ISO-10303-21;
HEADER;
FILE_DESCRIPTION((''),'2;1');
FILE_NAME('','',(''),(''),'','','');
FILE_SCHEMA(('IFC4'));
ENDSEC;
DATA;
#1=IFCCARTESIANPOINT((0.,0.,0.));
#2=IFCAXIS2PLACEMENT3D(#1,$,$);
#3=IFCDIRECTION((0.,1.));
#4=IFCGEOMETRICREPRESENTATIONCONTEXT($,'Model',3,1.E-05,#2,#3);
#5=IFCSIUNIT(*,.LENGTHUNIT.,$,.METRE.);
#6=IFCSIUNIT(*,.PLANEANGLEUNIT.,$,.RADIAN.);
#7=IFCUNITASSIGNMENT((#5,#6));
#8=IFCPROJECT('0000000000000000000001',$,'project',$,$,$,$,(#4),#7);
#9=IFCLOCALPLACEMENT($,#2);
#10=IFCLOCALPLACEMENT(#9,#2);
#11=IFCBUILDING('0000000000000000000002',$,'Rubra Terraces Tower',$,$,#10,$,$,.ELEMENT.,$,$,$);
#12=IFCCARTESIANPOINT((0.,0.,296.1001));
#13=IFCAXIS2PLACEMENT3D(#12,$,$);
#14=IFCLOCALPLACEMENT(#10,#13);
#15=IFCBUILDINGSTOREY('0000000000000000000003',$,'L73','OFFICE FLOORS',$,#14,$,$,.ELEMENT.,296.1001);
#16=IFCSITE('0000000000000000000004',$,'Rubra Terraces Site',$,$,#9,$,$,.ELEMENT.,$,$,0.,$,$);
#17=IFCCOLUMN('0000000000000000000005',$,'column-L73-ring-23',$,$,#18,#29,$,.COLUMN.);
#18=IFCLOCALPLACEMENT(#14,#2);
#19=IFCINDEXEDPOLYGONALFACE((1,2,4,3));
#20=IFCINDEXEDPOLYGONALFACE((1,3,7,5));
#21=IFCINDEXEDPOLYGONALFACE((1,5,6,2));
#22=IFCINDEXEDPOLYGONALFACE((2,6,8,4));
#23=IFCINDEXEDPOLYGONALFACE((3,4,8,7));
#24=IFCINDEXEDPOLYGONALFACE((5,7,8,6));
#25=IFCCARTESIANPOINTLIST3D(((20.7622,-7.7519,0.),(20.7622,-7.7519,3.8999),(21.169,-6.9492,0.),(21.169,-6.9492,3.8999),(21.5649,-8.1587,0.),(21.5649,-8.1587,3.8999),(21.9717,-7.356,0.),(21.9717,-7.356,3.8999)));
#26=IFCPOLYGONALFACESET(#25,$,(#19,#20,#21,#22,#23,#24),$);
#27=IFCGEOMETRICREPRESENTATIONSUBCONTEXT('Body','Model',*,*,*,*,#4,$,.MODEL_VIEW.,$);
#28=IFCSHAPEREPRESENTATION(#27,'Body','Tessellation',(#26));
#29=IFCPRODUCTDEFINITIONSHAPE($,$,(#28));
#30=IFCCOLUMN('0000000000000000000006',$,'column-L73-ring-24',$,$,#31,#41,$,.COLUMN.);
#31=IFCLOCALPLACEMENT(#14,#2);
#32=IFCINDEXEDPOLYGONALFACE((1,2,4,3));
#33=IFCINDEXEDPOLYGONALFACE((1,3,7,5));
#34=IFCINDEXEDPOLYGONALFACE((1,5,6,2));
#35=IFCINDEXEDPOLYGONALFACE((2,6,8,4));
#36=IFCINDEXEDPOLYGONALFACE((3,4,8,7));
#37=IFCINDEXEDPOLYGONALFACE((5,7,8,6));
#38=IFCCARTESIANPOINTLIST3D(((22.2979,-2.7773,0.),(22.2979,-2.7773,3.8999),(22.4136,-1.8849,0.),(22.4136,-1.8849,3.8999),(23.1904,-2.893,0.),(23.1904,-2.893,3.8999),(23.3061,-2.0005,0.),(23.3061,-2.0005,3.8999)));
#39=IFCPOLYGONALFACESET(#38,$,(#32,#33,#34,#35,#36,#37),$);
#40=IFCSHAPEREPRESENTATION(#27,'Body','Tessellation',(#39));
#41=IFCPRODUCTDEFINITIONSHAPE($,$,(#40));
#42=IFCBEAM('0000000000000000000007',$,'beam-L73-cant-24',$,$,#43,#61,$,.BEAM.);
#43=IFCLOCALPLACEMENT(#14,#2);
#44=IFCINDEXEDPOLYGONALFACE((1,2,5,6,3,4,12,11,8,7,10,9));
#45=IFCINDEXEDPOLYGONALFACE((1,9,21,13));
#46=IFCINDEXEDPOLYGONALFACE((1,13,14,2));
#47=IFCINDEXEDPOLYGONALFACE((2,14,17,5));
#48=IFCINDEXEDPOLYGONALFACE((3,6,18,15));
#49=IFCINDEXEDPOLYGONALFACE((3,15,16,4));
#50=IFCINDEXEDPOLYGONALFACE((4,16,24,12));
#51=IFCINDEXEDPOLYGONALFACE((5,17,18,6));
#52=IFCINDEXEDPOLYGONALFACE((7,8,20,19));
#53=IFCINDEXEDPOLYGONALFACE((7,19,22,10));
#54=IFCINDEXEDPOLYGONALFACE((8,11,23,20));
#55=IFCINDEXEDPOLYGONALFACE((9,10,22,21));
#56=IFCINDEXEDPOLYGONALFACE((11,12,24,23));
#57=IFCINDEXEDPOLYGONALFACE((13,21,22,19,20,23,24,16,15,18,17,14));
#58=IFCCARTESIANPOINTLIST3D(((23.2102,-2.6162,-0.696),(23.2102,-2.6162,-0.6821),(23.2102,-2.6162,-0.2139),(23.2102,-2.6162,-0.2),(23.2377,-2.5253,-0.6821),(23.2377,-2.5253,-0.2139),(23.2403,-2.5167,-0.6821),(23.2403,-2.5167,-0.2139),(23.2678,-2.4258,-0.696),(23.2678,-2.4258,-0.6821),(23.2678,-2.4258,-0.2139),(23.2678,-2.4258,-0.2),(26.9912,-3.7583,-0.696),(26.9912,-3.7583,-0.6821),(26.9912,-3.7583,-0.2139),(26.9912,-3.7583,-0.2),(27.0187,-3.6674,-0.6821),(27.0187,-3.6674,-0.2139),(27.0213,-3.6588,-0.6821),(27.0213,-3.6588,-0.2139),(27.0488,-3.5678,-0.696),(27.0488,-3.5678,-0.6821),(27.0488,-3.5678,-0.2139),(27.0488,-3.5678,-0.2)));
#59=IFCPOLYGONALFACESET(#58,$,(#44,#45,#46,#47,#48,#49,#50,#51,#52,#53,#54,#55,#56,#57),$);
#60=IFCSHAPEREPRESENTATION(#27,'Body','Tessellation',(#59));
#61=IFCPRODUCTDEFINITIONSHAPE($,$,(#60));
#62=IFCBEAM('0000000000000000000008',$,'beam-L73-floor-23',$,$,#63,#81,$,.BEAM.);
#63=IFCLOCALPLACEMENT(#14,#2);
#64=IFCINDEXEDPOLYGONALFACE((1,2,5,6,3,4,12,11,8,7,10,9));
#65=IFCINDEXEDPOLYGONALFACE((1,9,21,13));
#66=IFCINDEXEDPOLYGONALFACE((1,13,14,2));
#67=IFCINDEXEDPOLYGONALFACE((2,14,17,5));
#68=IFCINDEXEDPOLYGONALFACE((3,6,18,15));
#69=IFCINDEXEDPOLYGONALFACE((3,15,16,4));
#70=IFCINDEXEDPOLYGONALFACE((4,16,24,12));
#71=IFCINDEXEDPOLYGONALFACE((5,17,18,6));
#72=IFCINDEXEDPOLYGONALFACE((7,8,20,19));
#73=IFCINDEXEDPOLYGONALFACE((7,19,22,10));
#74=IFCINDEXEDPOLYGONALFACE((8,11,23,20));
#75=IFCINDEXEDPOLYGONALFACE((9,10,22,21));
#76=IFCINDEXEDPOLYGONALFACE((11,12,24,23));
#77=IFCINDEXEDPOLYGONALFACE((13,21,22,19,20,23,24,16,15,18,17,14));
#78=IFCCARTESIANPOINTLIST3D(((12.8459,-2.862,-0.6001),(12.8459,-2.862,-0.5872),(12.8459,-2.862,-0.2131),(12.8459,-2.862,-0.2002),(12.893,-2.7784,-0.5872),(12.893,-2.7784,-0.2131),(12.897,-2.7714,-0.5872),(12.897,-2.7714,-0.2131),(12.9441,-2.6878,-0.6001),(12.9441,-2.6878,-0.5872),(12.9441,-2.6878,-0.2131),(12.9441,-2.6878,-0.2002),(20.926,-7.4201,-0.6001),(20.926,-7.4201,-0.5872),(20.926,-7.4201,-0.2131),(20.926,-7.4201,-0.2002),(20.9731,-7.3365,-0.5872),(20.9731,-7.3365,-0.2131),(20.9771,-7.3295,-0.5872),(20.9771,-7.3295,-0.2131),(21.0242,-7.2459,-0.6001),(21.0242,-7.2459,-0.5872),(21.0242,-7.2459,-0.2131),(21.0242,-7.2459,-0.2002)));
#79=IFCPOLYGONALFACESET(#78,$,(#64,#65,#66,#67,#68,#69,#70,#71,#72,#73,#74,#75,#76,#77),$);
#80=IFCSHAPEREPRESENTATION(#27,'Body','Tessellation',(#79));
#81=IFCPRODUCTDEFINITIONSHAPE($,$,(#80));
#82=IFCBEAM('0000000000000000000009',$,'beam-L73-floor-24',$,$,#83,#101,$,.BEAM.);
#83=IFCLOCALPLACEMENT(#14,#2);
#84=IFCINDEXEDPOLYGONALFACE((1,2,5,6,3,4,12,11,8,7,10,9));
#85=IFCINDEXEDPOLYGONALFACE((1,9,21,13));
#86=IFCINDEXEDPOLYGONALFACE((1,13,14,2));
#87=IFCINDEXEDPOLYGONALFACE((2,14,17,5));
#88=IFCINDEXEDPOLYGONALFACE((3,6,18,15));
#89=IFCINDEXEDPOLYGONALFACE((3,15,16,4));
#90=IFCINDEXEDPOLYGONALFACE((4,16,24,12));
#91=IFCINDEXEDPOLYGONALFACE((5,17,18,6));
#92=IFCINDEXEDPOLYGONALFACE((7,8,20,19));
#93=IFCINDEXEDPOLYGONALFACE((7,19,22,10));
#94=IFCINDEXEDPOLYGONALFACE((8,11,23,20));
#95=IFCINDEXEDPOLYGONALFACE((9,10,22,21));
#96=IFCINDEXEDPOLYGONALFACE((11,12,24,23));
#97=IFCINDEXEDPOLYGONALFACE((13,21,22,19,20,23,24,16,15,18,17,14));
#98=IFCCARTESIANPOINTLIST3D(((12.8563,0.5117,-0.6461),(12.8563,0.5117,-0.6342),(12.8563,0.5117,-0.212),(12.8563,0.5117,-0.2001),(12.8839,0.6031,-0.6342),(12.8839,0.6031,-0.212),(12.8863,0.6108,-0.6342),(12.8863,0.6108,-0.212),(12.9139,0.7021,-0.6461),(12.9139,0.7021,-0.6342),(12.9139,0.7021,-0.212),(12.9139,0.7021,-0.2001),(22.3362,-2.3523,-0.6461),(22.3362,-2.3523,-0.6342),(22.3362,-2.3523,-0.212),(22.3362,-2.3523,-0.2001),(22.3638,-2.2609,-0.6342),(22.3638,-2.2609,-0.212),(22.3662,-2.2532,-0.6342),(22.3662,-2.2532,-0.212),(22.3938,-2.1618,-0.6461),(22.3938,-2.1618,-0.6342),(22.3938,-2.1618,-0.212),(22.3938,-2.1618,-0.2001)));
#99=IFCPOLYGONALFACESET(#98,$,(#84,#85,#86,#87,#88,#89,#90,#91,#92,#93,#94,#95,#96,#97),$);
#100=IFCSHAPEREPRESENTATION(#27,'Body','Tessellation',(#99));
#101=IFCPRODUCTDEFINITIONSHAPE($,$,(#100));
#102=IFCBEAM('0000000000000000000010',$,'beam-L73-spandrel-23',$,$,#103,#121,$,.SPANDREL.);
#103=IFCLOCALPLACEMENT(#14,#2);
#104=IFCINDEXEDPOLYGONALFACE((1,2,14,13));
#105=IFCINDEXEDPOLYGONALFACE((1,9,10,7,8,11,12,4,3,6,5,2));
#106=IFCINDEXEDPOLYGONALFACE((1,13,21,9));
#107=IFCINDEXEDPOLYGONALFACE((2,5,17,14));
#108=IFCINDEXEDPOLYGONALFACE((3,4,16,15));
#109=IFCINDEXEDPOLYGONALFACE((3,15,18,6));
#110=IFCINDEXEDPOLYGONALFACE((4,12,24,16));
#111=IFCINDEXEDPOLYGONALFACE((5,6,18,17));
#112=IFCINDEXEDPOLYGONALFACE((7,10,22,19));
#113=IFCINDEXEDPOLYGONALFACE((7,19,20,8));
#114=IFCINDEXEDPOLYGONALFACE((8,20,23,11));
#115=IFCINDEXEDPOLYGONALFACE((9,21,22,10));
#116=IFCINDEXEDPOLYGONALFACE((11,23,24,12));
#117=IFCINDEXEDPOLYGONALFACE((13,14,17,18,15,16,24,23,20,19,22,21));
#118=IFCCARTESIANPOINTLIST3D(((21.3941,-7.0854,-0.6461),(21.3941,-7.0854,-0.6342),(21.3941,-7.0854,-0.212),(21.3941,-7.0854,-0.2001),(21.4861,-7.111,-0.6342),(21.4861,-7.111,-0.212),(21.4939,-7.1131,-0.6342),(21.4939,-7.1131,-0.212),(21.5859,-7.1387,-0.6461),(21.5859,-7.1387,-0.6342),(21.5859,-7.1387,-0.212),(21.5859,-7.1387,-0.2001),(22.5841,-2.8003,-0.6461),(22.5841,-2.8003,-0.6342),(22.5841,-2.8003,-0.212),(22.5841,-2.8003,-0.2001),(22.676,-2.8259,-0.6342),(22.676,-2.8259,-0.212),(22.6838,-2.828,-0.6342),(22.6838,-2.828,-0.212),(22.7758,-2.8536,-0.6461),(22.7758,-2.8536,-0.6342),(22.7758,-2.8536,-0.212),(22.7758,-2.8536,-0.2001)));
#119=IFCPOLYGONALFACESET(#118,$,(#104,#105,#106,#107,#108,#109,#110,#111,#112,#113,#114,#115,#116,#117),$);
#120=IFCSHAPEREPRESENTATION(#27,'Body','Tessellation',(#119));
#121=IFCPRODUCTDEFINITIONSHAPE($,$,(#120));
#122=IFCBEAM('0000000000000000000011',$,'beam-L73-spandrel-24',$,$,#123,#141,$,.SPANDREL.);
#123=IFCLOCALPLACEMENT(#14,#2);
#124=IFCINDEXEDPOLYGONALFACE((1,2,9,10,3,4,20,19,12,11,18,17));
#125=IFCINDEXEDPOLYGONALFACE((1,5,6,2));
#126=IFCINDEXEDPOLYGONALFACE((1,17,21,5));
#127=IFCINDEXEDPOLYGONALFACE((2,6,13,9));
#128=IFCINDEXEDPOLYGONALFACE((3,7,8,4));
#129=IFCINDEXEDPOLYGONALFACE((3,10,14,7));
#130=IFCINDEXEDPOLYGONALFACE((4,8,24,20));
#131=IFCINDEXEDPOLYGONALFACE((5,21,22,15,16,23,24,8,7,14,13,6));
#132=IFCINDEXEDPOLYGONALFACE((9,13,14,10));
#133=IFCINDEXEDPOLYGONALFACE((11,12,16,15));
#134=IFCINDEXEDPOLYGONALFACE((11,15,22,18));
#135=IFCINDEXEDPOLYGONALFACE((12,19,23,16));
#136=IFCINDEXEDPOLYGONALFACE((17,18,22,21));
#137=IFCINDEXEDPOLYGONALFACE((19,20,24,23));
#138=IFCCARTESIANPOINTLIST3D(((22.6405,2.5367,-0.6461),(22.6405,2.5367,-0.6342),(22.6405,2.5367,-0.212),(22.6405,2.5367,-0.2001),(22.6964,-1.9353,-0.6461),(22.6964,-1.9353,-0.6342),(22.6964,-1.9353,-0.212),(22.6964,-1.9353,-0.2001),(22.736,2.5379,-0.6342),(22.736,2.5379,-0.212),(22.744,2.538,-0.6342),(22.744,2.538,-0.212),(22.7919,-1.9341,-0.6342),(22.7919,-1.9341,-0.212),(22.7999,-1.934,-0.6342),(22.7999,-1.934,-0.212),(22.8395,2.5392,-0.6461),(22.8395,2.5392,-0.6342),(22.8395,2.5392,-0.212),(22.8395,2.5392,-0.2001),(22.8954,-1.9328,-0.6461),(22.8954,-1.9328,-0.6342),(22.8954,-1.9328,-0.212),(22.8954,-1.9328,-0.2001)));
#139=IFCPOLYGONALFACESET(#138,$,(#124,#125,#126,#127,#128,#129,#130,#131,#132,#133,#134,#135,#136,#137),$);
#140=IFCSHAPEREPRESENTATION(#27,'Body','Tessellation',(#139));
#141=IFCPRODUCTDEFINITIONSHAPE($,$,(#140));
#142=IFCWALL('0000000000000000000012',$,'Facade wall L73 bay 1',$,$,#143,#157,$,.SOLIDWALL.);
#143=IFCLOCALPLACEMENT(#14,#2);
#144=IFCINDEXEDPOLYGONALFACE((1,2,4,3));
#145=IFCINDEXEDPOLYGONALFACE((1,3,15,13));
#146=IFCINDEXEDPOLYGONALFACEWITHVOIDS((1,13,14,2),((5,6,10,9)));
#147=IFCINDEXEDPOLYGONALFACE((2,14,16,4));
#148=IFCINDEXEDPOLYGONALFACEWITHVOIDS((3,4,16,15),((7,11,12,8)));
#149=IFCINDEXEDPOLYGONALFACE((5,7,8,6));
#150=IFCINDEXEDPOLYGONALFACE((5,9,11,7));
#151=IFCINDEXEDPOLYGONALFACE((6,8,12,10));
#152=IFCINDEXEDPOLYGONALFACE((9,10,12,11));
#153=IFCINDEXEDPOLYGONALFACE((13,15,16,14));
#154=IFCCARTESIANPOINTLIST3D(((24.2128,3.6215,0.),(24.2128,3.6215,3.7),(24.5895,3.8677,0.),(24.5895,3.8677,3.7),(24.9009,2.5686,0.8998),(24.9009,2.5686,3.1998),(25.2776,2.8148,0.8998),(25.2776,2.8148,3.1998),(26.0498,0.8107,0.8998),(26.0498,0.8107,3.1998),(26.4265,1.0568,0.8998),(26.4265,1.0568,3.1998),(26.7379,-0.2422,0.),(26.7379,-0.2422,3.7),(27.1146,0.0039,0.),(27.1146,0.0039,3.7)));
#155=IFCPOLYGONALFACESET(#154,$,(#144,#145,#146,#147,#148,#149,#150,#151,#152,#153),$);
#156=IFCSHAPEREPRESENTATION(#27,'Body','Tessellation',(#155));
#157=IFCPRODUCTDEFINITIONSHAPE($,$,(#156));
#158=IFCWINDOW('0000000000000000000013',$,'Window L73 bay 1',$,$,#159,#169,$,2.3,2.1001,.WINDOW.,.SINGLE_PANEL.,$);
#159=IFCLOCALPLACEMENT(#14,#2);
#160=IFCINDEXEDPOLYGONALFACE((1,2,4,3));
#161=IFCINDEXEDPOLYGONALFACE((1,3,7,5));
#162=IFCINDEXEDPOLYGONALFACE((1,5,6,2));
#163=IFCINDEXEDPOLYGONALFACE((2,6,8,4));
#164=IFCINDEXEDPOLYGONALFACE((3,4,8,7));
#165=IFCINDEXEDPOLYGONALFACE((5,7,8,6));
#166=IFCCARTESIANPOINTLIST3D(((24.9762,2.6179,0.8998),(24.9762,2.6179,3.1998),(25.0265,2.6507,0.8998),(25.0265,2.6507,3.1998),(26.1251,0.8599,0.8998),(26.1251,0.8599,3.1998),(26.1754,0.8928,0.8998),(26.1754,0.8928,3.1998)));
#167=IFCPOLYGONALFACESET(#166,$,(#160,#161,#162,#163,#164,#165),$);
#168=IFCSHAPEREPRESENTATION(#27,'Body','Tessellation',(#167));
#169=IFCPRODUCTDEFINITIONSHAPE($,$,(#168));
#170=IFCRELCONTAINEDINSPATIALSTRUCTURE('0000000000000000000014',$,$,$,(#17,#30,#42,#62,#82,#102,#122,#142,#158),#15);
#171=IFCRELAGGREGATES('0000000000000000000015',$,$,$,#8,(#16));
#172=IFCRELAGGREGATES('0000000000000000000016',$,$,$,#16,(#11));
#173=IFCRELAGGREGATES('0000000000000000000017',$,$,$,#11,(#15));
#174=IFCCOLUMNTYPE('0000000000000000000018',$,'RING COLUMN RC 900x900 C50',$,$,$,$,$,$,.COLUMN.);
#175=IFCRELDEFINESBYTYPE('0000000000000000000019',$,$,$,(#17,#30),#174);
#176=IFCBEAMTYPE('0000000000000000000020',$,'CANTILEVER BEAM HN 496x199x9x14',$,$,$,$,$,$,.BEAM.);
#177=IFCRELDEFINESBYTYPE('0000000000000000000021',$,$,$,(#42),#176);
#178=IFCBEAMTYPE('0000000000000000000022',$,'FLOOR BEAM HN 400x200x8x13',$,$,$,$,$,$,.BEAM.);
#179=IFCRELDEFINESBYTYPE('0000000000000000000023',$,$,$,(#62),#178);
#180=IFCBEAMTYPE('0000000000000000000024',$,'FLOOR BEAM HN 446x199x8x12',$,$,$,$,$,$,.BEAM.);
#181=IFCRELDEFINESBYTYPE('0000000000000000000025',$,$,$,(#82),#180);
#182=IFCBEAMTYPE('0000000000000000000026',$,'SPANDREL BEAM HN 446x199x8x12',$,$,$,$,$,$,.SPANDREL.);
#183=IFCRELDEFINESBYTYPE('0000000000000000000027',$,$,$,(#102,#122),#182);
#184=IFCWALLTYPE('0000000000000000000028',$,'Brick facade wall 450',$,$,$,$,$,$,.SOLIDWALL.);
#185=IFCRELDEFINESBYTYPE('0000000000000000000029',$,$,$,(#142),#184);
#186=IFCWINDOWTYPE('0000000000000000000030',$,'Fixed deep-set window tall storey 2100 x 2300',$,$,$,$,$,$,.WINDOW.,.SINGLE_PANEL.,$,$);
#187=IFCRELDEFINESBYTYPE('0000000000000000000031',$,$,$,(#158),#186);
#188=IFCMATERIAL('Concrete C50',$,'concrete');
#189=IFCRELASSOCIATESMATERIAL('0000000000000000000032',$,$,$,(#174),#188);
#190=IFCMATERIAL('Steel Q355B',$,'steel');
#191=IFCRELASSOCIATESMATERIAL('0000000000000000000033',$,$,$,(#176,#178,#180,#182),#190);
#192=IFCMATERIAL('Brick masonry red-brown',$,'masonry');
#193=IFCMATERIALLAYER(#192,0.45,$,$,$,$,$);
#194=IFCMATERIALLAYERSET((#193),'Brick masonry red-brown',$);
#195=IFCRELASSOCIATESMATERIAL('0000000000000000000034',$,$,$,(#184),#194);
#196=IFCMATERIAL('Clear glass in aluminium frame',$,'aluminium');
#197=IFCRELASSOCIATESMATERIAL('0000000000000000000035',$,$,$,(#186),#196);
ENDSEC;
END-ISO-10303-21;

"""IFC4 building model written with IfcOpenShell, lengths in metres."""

from ifc_helpers import new_model, si_unit, direction, frame, frame_2d, origin, origin_2d, place, context, subcontext, project, spatial, rectangle, i_section, extrude, material, layer, layer_set, material_profile, profile_set, type_object, element, fill, save


model = new_model("IFC4")

# Units and contexts
model_context = context("Model", 3, precision=1e-05, world=origin(), true_north=direction((0.0, 1.0)))
body_context = subcontext(model_context, "Body", "Model", "MODEL_VIEW")
ifc_project = project(units=[si_unit("LENGTHUNIT", "METRE"), si_unit("PLANEANGLEUNIT", "RADIAN")], contexts=[model_context])

# Site, building, storey
site_placement = place(None, origin())
site = spatial("IfcSite", under=ifc_project, at=site_placement, Name="Rubra Terraces Site", CompositionType="ELEMENT", RefElevation=0.0)
building_placement = place(site_placement, origin())
building = spatial("IfcBuilding", under=site, at=building_placement, Name="Rubra Terraces Tower", CompositionType="ELEMENT")
storey_placement = place(building_placement, frame((0.0, 0.0, 296.1001)))
storey = spatial("IfcBuildingStorey", under=building, at=storey_placement, Name="L73", Description="OFFICE FLOORS", CompositionType="ELEMENT", Elevation=296.1001)

# Columns
ifc_material_1 = material(Name="Concrete C50", Category="concrete")
ifc_material_profile_1 = material_profile(ifc_material_1, rectangle(XDim=0.8999, YDim=0.8999, at=origin_2d()), Name="RC 900x900")
ifc_profile_set_1 = profile_set([ifc_material_profile_1], Name="Concrete C50")
column_type = type_object("IfcColumnType", Name="RING COLUMN RC 900x900 C50", PredefinedType="COLUMN", material=ifc_profile_set_1)
for number, where, z_axis, x_axis, name in (
    (1, (21.3669, -7.554, 0.0), (0.0, 0.0, 1.0), (0.452079, 0.891978, 0.0), "column-L73-ring-23"),
    (2, (22.802, -2.3889, 0.0), (0.0, 0.0, 1.0), (0.128535, 0.991705, 0.0), "column-L73-ring-24"),
):
    element("IfcColumn", number, at=place(storey_placement, frame(where, z_axis=z_axis, x_axis=x_axis)), inside=storey, type_object=column_type, Name=name, PredefinedType="COLUMN", context=body_context, shape_type="SweptSolid", body=[
        extrude(rectangle(XDim=0.8999, YDim=0.8999, at=origin_2d()), origin(), (0.0, 0.0, 1.0), 3.8999),
    ])

# Beams
ifc_material_2 = material(Name="Steel Q355B", Category="steel")
ifc_material_profile_2 = material_profile(ifc_material_2, i_section(OverallWidth=0.199, OverallDepth=0.4961, WebThickness=0.009, FlangeThickness=0.0139, at=origin_2d()), Name="HN 496x199x9x14")
ifc_profile_set_2 = profile_set([ifc_material_profile_2], Name="Steel Q355B")
beam_type_1 = type_object("IfcBeamType", Name="CANTILEVER BEAM HN 496x199x9x14", PredefinedType="BEAM", material=ifc_profile_set_2)
beam_1_placement = place(storey_placement, frame((23.239, -2.521, -0.448), z_axis=(0.957282, -0.289156, 0.0), x_axis=(0.289156, 0.957282, 0.0)))
element("IfcBeam", 3, at=beam_1_placement, inside=storey, type_object=beam_type_1, Name="beam-L73-cant-24", PredefinedType="BEAM", context=body_context, shape_type="SweptSolid", body=[
    extrude(i_section(OverallWidth=0.199, OverallDepth=0.4961, WebThickness=0.009, FlangeThickness=0.0139, at=origin_2d()), origin(), (0.0, 0.0, 1.0), 3.9497),
])
ifc_material_profile_3 = material_profile(ifc_material_2, i_section(OverallWidth=0.2, OverallDepth=0.3999, WebThickness=0.0081, FlangeThickness=0.0129, at=origin_2d()), Name="HN 400x200x8x13")
ifc_profile_set_3 = profile_set([ifc_material_profile_3], Name="Steel Q355B")
beam_type_2 = type_object("IfcBeamType", Name="FLOOR BEAM HN 400x200x8x13", PredefinedType="BEAM", material=ifc_profile_set_3)
beam_2_placement = place(storey_placement, frame((20.9751, -7.333, -0.4001), z_axis=(-0.870973, 0.49133, 0.0), x_axis=(-0.49133, -0.870973, 0.0)))
element("IfcBeam", 4, at=beam_2_placement, inside=storey, type_object=beam_type_2, Name="beam-L73-floor-23", PredefinedType="BEAM", context=body_context, shape_type="SweptSolid", body=[
    extrude(i_section(OverallWidth=0.2, OverallDepth=0.3999, WebThickness=0.0081, FlangeThickness=0.0129, at=origin_2d()), origin(), (0.0, 0.0, 1.0), 9.2771),
])
ifc_material_profile_4 = material_profile(ifc_material_2, i_section(OverallWidth=0.199, OverallDepth=0.446, WebThickness=0.0081, FlangeThickness=0.012, at=origin_2d()), Name="HN 446x199x8x12")
ifc_profile_set_4 = profile_set([ifc_material_profile_4], Name="Steel Q355B")
beam_type_3 = type_object("IfcBeamType", Name="FLOOR BEAM HN 446x199x8x12", PredefinedType="BEAM", material=ifc_profile_set_4)
beam_3_placement = place(storey_placement, frame((22.365, -2.2571, -0.4231), z_axis=(-0.957268, 0.289202, 0.0), x_axis=(-0.289202, -0.957268, 0.0)))
element("IfcBeam", 5, at=beam_3_placement, inside=storey, type_object=beam_type_3, Name="beam-L73-floor-24", PredefinedType="BEAM", context=body_context, shape_type="SweptSolid", body=[
    extrude(i_section(OverallWidth=0.199, OverallDepth=0.446, WebThickness=0.0081, FlangeThickness=0.012, at=origin_2d()), origin(), (0.0, 0.0, 1.0), 9.9031),
])
ifc_material_profile_5 = material_profile(ifc_material_2, i_section(OverallWidth=0.199, OverallDepth=0.446, WebThickness=0.0081, FlangeThickness=0.012, at=origin_2d()), Name="HN 446x199x8x12")
ifc_profile_set_5 = profile_set([ifc_material_profile_5], Name="Steel Q355B")
beam_type_4 = type_object("IfcBeamType", Name="SPANDREL BEAM HN 446x199x8x12", PredefinedType="SPANDREL", material=ifc_profile_set_5)
beam_4_placement = place(storey_placement, frame((21.49, -7.1121, -0.4231), z_axis=(0.267565, 0.96354, 0.0), x_axis=(-0.96354, 0.267565, 0.0)))
element("IfcBeam", 6, at=beam_4_placement, inside=storey, type_object=beam_type_4, Name="beam-L73-spandrel-23", PredefinedType="SPANDREL", context=body_context, shape_type="SweptSolid", body=[
    extrude(i_section(OverallWidth=0.199, OverallDepth=0.446, WebThickness=0.0081, FlangeThickness=0.012, at=origin_2d()), origin(), (0.0, 0.0, 1.0), 4.4473),
])
beam_5_placement = place(storey_placement, frame((22.7959, -1.9341, -0.4231), z_axis=(-0.0125, 0.999922, 0.0), x_axis=(-0.999922, -0.0125, 0.0)))
element("IfcBeam", 7, at=beam_5_placement, inside=storey, type_object=beam_type_4, Name="beam-L73-spandrel-24", PredefinedType="SPANDREL", context=body_context, shape_type="SweptSolid", body=[
    extrude(i_section(OverallWidth=0.199, OverallDepth=0.446, WebThickness=0.0081, FlangeThickness=0.012, at=origin_2d()), origin(), (0.0, 0.0, 1.0), 4.4724),
])

# Wall, opening, window
ifc_material_3 = material(Name="Brick masonry red-brown", Category="masonry")
ifc_layer_1 = layer(ifc_material_3, 0.45)
ifc_layer_set_1 = layer_set([ifc_layer_1], Name="Brick masonry red-brown")
wall_type_1 = type_object("IfcWallType", Name="Brick facade wall 450", PredefinedType="SOLIDWALL", material=ifc_layer_set_1)
wall_1_placement = place(storey_placement, frame((26.9263, -0.1191, 0.0), z_axis=(0.0, 0.0, 1.0), x_axis=(-0.547073, 0.837085, 0.0)))
wall_1 = element("IfcWall", 8, at=wall_1_placement, inside=storey, type_object=wall_type_1, Name="Facade wall L73 bay 1", PredefinedType="SOLIDWALL", context=body_context, shape_type="SweptSolid", body=[
    extrude(rectangle(XDim=4.6157, YDim=0.45, at=frame_2d((2.3079, 0.0))), origin(), (0.0, 0.0, 1.0), 3.7),
])
opening_1_placement = place(wall_1_placement, frame((1.2578, 0.0, 0.8999)))
opening_1 = element("IfcOpeningElement", 9, at=opening_1_placement, cuts=wall_1, PredefinedType="OPENING", context=body_context, shape_type="SweptSolid", body=[
    extrude(rectangle(XDim=2.1001, YDim=2.3, at=frame_2d((1.05, 1.1499))), frame((0.0, 0.2349, 0.0), z_axis=(0.0, -1.0, 0.0), x_axis=(1.0, 0.0, 0.0)), (0.0, 0.0, 1.0), 0.47),
])
ifc_material_4 = material(Name="Clear glass in aluminium frame", Category="aluminium")
window_type = type_object("IfcWindowType", Name="Fixed deep-set window tall storey 2100 x 2300", PartitioningType="SINGLE_PANEL", PredefinedType="WINDOW", material=ifc_material_4)
window_1_placement = place(opening_1_placement, origin())
window_1 = element("IfcWindow", 10, at=window_1_placement, inside=storey, type_object=window_type, Name="Window L73 bay 1", OverallHeight=2.3, OverallWidth=2.1001, PartitioningType="SINGLE_PANEL", PredefinedType="WINDOW", context=body_context, shape_type="SweptSolid", body=[
    extrude(rectangle(XDim=2.1001, YDim=2.3, at=frame_2d((1.05, 1.1499))), frame((0.0, 0.135, 0.0), z_axis=(0.0, -1.0, 0.0), x_axis=(1.0, 0.0, 0.0)), (0.0, 0.0, 1.0), 0.0601),
])
fill(opening_1, window_1)

save(model, "model.ifc")
